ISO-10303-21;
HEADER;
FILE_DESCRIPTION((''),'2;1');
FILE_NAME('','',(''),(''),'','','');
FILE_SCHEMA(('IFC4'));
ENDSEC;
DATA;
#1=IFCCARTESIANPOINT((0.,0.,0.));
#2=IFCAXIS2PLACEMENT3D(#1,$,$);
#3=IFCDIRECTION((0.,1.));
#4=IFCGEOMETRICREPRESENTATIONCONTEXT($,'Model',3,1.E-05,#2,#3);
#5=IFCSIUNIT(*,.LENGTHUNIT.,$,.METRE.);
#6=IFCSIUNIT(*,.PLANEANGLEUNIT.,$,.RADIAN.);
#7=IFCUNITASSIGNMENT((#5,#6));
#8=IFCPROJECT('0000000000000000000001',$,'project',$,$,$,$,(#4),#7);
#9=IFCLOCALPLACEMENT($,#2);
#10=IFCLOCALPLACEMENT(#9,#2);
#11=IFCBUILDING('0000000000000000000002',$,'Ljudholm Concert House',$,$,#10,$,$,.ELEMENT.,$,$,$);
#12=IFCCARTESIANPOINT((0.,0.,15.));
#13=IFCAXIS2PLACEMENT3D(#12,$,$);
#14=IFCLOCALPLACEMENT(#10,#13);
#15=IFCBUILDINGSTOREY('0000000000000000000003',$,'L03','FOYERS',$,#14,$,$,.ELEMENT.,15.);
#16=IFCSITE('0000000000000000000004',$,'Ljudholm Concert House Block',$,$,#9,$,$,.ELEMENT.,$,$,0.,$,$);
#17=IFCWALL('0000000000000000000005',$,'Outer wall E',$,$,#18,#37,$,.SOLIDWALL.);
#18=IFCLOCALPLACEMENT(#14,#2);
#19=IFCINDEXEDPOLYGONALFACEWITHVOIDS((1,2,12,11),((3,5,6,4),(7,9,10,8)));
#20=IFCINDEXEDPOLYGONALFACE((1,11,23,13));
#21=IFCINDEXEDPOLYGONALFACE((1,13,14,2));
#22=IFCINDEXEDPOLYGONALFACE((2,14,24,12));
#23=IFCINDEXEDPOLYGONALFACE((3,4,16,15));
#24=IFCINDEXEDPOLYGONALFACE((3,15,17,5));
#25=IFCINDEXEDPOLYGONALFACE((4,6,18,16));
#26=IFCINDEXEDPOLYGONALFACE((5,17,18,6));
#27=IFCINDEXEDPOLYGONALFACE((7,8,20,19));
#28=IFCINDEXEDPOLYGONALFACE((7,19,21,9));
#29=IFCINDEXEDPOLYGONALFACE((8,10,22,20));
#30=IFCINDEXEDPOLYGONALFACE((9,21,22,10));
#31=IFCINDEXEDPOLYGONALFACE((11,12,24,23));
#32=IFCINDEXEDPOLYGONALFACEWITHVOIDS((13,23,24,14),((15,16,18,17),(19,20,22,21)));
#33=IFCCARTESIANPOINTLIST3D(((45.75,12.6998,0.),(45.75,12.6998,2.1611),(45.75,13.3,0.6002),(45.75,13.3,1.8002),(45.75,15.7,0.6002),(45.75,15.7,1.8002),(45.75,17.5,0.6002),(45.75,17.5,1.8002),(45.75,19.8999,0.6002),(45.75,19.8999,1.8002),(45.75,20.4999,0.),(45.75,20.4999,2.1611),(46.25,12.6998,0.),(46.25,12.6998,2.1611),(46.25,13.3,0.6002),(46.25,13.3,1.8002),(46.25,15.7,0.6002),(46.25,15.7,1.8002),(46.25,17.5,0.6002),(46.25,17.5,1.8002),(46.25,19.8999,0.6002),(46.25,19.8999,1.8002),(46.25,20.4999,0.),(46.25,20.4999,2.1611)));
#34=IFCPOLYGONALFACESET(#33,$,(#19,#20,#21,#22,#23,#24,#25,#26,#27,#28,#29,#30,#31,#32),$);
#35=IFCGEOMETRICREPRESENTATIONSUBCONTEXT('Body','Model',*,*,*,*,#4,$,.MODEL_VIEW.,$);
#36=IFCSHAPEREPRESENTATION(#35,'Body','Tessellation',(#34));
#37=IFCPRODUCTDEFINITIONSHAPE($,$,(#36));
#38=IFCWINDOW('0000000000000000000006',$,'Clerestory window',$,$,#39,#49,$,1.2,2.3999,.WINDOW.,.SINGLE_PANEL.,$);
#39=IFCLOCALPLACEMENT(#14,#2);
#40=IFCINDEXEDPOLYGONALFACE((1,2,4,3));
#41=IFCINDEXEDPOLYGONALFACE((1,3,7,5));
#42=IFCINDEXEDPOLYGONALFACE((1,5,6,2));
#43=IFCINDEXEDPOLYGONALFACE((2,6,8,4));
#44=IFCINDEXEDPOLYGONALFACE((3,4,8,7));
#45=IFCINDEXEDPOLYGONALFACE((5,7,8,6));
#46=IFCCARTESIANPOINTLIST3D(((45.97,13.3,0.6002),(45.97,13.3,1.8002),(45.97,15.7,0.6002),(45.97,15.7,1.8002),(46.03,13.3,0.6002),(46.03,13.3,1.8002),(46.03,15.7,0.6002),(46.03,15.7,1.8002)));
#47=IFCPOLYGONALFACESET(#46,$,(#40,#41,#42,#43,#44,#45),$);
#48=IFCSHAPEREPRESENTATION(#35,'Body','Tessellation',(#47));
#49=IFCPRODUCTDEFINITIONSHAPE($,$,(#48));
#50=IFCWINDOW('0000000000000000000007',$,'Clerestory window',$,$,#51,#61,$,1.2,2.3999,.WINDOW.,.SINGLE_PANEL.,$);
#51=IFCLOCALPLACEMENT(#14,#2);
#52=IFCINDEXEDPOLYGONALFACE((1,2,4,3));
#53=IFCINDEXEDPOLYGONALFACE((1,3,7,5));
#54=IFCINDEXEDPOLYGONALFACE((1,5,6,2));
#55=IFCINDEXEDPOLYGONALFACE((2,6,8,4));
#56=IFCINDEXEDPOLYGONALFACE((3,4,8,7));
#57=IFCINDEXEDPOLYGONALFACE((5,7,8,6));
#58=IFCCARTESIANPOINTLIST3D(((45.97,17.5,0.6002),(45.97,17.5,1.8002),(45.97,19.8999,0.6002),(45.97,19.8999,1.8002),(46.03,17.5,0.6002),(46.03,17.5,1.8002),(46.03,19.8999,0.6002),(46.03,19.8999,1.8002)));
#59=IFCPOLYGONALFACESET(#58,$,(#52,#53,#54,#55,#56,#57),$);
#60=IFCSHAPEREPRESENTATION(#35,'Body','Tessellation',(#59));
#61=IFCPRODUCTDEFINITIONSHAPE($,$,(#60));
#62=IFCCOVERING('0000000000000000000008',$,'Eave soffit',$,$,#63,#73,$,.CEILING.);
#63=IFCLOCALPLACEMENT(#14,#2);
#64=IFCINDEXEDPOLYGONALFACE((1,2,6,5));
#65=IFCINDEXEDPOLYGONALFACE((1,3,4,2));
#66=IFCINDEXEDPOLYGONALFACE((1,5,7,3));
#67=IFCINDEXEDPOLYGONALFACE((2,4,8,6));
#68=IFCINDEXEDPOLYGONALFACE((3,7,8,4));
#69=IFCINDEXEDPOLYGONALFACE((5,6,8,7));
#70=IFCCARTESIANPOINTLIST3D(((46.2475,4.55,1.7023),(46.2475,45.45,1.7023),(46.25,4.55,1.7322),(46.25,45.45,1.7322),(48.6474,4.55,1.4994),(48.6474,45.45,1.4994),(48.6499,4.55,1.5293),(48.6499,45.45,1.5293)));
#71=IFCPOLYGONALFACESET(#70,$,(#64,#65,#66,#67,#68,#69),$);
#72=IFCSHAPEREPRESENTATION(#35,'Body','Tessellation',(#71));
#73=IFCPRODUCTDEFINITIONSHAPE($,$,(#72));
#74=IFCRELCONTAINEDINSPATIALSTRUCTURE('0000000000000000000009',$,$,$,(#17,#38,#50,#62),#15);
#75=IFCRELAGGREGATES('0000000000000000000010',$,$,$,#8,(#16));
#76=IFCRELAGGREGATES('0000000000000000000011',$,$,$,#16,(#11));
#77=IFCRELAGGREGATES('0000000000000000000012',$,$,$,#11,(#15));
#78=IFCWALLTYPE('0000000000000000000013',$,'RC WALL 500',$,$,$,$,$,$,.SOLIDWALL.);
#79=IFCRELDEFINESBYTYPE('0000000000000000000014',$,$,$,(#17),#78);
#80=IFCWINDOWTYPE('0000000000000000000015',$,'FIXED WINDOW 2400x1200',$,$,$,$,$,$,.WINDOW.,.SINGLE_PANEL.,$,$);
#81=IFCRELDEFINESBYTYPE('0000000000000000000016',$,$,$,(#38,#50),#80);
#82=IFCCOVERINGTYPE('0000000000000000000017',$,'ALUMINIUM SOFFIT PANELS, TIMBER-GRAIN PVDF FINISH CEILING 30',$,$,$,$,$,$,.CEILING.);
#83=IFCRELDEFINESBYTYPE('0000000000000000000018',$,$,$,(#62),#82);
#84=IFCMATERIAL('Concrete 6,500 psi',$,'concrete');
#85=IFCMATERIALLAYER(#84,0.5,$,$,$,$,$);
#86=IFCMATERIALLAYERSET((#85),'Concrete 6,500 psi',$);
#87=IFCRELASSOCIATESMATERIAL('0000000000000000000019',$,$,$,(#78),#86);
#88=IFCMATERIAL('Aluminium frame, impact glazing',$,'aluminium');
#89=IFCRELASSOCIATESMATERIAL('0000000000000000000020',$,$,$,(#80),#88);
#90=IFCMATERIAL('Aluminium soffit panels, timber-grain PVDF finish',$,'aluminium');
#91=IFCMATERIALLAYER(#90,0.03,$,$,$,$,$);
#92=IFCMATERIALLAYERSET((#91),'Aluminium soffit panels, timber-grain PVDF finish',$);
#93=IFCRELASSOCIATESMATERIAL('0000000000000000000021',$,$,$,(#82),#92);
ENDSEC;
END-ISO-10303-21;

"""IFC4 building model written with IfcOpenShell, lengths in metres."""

from ifc_helpers import new_model, si_unit, direction, frame, frame_2d, origin, place, context, subcontext, project, spatial, polyline, rectangle, outline, extrude, material, layer, layer_set, type_object, element, fill, save


model = new_model("IFC4")

# Units and contexts
model_context = context("Model", 3, precision=1e-05, world=origin(), true_north=direction((0.0, 1.0)))
body_context = subcontext(model_context, "Body", "Model", "MODEL_VIEW")
ifc_project = project(units=[si_unit("LENGTHUNIT", "METRE"), si_unit("PLANEANGLEUNIT", "RADIAN")], contexts=[model_context])

# Site, building, storey
site_placement = place(None, origin())
site = spatial("IfcSite", under=ifc_project, at=site_placement, Name="Ljudholm Concert House Block", CompositionType="ELEMENT", RefElevation=0.0)
building_placement = place(site_placement, origin())
building = spatial("IfcBuilding", under=site, at=building_placement, Name="Ljudholm Concert House", CompositionType="ELEMENT")
storey_placement = place(building_placement, frame((0.0, 0.0, 15.0)))
storey = spatial("IfcBuildingStorey", under=building, at=storey_placement, Name="L03", Description="FOYERS", CompositionType="ELEMENT", Elevation=15.0)

# Wall, openings, windows
ifc_material_1 = material(Name="Concrete 6,500 psi", Category="concrete")
ifc_layer_1 = layer(ifc_material_1, 0.5)
ifc_layer_set_1 = layer_set([ifc_layer_1], Name="Concrete 6,500 psi")
wall_type = type_object("IfcWallType", Name="RC WALL 500", PredefinedType="SOLIDWALL", material=ifc_layer_set_1)
ifc_material_2 = material(Name="Aluminium frame, impact glazing", Category="aluminium")
window_type = type_object("IfcWindowType", Name="FIXED WINDOW 2400x1200", PartitioningType="SINGLE_PANEL", PredefinedType="WINDOW", material=ifc_material_2)
wall_1_placement = place(storey_placement, frame((46.0, 12.7, 0.0), z_axis=(0.0, 0.0, 1.0), x_axis=(0.0, 1.0, 0.0)))
wall_1 = element("IfcWall", 1, at=wall_1_placement, inside=storey, type_object=wall_type, Name="Outer wall E", PredefinedType="SOLIDWALL", context=body_context, shape_type="SweptSolid", body=[
    extrude(rectangle(XDim=7.8, YDim=0.5, at=frame_2d((3.8999, 0.0))), origin(), (0.0, 0.0, 1.0), 2.1611),
])
opening_1_placement = place(wall_1_placement, frame((0.6001, 0.0, 0.6001)))
opening_1 = element("IfcOpeningElement", 2, at=opening_1_placement, cuts=wall_1, PredefinedType="OPENING", context=body_context, shape_type="SweptSolid", body=[
    extrude(rectangle(XDim=2.3999, YDim=1.2, at=frame_2d((1.2, 0.6001))), frame((0.0, 0.26, 0.0), z_axis=(0.0, -1.0, 0.0), x_axis=(1.0, 0.0, 0.0)), (0.0, 0.0, 1.0), 0.52),
])
opening_2_placement = place(wall_1_placement, frame((4.8, 0.0, 0.6001)))
opening_2 = element("IfcOpeningElement", 3, at=opening_2_placement, cuts=wall_1, PredefinedType="OPENING", context=body_context, shape_type="SweptSolid", body=[
    extrude(rectangle(XDim=2.3999, YDim=1.2, at=frame_2d((1.2, 0.6001))), frame((0.0, 0.26, 0.0), z_axis=(0.0, -1.0, 0.0), x_axis=(1.0, 0.0, 0.0)), (0.0, 0.0, 1.0), 0.52),
])
window_1_placement = place(opening_1_placement, origin())
window_1 = element("IfcWindow", 4, at=window_1_placement, inside=storey, type_object=window_type, Name="Clerestory window", OverallHeight=1.2, OverallWidth=2.3999, PartitioningType="SINGLE_PANEL", PredefinedType="WINDOW", context=body_context, shape_type="SweptSolid", body=[
    extrude(rectangle(XDim=2.3999, YDim=1.2, at=frame_2d((1.2, 0.6001))), frame((0.0, 0.03, 0.0), z_axis=(0.0, -1.0, 0.0), x_axis=(1.0, 0.0, 0.0)), (0.0, 0.0, 1.0), 0.0601),
])
fill(opening_1, window_1)
window_2_placement = place(opening_2_placement, origin())
window_2 = element("IfcWindow", 5, at=window_2_placement, inside=storey, type_object=window_type, Name="Clerestory window", OverallHeight=1.2, OverallWidth=2.3999, PartitioningType="SINGLE_PANEL", PredefinedType="WINDOW", context=body_context, shape_type="SweptSolid", body=[
    extrude(rectangle(XDim=2.3999, YDim=1.2, at=frame_2d((1.2, 0.6001))), frame((0.0, 0.03, 0.0), z_axis=(0.0, -1.0, 0.0), x_axis=(1.0, 0.0, 0.0)), (0.0, 0.0, 1.0), 0.0601),
])
fill(opening_2, window_2)

# Covering
ifc_material_3 = material(Name="Aluminium soffit panels, timber-grain PVDF finish", Category="aluminium")
ifc_layer_2 = layer(ifc_material_3, 0.03)
ifc_layer_set_2 = layer_set([ifc_layer_2], Name="Aluminium soffit panels, timber-grain PVDF finish")
covering_type = type_object("IfcCoveringType", Name="ALUMINIUM SOFFIT PANELS, TIMBER-GRAIN PVDF FINISH CEILING 30", PredefinedType="CEILING", material=ifc_layer_set_2)
covering_placement = place(storey_placement, frame((46.25, 4.55, 1.7322), z_axis=(0.084237, 0.0, 0.996446), x_axis=(0.996446, 0.0, -0.084237)))
element("IfcCovering", 6, at=covering_placement, inside=storey, type_object=covering_type, Name="Eave soffit", PredefinedType="CEILING", context=body_context, shape_type="SweptSolid", body=[
    extrude(outline(polyline([(0.0, 0.0), (2.4085, 0.0), (2.4085, 40.8999), (0.0, 40.8999), (0.0, 0.0)])), origin(), (0.0, 0.0, -1.0), 0.03),
])

save(model, "model.ifc")
